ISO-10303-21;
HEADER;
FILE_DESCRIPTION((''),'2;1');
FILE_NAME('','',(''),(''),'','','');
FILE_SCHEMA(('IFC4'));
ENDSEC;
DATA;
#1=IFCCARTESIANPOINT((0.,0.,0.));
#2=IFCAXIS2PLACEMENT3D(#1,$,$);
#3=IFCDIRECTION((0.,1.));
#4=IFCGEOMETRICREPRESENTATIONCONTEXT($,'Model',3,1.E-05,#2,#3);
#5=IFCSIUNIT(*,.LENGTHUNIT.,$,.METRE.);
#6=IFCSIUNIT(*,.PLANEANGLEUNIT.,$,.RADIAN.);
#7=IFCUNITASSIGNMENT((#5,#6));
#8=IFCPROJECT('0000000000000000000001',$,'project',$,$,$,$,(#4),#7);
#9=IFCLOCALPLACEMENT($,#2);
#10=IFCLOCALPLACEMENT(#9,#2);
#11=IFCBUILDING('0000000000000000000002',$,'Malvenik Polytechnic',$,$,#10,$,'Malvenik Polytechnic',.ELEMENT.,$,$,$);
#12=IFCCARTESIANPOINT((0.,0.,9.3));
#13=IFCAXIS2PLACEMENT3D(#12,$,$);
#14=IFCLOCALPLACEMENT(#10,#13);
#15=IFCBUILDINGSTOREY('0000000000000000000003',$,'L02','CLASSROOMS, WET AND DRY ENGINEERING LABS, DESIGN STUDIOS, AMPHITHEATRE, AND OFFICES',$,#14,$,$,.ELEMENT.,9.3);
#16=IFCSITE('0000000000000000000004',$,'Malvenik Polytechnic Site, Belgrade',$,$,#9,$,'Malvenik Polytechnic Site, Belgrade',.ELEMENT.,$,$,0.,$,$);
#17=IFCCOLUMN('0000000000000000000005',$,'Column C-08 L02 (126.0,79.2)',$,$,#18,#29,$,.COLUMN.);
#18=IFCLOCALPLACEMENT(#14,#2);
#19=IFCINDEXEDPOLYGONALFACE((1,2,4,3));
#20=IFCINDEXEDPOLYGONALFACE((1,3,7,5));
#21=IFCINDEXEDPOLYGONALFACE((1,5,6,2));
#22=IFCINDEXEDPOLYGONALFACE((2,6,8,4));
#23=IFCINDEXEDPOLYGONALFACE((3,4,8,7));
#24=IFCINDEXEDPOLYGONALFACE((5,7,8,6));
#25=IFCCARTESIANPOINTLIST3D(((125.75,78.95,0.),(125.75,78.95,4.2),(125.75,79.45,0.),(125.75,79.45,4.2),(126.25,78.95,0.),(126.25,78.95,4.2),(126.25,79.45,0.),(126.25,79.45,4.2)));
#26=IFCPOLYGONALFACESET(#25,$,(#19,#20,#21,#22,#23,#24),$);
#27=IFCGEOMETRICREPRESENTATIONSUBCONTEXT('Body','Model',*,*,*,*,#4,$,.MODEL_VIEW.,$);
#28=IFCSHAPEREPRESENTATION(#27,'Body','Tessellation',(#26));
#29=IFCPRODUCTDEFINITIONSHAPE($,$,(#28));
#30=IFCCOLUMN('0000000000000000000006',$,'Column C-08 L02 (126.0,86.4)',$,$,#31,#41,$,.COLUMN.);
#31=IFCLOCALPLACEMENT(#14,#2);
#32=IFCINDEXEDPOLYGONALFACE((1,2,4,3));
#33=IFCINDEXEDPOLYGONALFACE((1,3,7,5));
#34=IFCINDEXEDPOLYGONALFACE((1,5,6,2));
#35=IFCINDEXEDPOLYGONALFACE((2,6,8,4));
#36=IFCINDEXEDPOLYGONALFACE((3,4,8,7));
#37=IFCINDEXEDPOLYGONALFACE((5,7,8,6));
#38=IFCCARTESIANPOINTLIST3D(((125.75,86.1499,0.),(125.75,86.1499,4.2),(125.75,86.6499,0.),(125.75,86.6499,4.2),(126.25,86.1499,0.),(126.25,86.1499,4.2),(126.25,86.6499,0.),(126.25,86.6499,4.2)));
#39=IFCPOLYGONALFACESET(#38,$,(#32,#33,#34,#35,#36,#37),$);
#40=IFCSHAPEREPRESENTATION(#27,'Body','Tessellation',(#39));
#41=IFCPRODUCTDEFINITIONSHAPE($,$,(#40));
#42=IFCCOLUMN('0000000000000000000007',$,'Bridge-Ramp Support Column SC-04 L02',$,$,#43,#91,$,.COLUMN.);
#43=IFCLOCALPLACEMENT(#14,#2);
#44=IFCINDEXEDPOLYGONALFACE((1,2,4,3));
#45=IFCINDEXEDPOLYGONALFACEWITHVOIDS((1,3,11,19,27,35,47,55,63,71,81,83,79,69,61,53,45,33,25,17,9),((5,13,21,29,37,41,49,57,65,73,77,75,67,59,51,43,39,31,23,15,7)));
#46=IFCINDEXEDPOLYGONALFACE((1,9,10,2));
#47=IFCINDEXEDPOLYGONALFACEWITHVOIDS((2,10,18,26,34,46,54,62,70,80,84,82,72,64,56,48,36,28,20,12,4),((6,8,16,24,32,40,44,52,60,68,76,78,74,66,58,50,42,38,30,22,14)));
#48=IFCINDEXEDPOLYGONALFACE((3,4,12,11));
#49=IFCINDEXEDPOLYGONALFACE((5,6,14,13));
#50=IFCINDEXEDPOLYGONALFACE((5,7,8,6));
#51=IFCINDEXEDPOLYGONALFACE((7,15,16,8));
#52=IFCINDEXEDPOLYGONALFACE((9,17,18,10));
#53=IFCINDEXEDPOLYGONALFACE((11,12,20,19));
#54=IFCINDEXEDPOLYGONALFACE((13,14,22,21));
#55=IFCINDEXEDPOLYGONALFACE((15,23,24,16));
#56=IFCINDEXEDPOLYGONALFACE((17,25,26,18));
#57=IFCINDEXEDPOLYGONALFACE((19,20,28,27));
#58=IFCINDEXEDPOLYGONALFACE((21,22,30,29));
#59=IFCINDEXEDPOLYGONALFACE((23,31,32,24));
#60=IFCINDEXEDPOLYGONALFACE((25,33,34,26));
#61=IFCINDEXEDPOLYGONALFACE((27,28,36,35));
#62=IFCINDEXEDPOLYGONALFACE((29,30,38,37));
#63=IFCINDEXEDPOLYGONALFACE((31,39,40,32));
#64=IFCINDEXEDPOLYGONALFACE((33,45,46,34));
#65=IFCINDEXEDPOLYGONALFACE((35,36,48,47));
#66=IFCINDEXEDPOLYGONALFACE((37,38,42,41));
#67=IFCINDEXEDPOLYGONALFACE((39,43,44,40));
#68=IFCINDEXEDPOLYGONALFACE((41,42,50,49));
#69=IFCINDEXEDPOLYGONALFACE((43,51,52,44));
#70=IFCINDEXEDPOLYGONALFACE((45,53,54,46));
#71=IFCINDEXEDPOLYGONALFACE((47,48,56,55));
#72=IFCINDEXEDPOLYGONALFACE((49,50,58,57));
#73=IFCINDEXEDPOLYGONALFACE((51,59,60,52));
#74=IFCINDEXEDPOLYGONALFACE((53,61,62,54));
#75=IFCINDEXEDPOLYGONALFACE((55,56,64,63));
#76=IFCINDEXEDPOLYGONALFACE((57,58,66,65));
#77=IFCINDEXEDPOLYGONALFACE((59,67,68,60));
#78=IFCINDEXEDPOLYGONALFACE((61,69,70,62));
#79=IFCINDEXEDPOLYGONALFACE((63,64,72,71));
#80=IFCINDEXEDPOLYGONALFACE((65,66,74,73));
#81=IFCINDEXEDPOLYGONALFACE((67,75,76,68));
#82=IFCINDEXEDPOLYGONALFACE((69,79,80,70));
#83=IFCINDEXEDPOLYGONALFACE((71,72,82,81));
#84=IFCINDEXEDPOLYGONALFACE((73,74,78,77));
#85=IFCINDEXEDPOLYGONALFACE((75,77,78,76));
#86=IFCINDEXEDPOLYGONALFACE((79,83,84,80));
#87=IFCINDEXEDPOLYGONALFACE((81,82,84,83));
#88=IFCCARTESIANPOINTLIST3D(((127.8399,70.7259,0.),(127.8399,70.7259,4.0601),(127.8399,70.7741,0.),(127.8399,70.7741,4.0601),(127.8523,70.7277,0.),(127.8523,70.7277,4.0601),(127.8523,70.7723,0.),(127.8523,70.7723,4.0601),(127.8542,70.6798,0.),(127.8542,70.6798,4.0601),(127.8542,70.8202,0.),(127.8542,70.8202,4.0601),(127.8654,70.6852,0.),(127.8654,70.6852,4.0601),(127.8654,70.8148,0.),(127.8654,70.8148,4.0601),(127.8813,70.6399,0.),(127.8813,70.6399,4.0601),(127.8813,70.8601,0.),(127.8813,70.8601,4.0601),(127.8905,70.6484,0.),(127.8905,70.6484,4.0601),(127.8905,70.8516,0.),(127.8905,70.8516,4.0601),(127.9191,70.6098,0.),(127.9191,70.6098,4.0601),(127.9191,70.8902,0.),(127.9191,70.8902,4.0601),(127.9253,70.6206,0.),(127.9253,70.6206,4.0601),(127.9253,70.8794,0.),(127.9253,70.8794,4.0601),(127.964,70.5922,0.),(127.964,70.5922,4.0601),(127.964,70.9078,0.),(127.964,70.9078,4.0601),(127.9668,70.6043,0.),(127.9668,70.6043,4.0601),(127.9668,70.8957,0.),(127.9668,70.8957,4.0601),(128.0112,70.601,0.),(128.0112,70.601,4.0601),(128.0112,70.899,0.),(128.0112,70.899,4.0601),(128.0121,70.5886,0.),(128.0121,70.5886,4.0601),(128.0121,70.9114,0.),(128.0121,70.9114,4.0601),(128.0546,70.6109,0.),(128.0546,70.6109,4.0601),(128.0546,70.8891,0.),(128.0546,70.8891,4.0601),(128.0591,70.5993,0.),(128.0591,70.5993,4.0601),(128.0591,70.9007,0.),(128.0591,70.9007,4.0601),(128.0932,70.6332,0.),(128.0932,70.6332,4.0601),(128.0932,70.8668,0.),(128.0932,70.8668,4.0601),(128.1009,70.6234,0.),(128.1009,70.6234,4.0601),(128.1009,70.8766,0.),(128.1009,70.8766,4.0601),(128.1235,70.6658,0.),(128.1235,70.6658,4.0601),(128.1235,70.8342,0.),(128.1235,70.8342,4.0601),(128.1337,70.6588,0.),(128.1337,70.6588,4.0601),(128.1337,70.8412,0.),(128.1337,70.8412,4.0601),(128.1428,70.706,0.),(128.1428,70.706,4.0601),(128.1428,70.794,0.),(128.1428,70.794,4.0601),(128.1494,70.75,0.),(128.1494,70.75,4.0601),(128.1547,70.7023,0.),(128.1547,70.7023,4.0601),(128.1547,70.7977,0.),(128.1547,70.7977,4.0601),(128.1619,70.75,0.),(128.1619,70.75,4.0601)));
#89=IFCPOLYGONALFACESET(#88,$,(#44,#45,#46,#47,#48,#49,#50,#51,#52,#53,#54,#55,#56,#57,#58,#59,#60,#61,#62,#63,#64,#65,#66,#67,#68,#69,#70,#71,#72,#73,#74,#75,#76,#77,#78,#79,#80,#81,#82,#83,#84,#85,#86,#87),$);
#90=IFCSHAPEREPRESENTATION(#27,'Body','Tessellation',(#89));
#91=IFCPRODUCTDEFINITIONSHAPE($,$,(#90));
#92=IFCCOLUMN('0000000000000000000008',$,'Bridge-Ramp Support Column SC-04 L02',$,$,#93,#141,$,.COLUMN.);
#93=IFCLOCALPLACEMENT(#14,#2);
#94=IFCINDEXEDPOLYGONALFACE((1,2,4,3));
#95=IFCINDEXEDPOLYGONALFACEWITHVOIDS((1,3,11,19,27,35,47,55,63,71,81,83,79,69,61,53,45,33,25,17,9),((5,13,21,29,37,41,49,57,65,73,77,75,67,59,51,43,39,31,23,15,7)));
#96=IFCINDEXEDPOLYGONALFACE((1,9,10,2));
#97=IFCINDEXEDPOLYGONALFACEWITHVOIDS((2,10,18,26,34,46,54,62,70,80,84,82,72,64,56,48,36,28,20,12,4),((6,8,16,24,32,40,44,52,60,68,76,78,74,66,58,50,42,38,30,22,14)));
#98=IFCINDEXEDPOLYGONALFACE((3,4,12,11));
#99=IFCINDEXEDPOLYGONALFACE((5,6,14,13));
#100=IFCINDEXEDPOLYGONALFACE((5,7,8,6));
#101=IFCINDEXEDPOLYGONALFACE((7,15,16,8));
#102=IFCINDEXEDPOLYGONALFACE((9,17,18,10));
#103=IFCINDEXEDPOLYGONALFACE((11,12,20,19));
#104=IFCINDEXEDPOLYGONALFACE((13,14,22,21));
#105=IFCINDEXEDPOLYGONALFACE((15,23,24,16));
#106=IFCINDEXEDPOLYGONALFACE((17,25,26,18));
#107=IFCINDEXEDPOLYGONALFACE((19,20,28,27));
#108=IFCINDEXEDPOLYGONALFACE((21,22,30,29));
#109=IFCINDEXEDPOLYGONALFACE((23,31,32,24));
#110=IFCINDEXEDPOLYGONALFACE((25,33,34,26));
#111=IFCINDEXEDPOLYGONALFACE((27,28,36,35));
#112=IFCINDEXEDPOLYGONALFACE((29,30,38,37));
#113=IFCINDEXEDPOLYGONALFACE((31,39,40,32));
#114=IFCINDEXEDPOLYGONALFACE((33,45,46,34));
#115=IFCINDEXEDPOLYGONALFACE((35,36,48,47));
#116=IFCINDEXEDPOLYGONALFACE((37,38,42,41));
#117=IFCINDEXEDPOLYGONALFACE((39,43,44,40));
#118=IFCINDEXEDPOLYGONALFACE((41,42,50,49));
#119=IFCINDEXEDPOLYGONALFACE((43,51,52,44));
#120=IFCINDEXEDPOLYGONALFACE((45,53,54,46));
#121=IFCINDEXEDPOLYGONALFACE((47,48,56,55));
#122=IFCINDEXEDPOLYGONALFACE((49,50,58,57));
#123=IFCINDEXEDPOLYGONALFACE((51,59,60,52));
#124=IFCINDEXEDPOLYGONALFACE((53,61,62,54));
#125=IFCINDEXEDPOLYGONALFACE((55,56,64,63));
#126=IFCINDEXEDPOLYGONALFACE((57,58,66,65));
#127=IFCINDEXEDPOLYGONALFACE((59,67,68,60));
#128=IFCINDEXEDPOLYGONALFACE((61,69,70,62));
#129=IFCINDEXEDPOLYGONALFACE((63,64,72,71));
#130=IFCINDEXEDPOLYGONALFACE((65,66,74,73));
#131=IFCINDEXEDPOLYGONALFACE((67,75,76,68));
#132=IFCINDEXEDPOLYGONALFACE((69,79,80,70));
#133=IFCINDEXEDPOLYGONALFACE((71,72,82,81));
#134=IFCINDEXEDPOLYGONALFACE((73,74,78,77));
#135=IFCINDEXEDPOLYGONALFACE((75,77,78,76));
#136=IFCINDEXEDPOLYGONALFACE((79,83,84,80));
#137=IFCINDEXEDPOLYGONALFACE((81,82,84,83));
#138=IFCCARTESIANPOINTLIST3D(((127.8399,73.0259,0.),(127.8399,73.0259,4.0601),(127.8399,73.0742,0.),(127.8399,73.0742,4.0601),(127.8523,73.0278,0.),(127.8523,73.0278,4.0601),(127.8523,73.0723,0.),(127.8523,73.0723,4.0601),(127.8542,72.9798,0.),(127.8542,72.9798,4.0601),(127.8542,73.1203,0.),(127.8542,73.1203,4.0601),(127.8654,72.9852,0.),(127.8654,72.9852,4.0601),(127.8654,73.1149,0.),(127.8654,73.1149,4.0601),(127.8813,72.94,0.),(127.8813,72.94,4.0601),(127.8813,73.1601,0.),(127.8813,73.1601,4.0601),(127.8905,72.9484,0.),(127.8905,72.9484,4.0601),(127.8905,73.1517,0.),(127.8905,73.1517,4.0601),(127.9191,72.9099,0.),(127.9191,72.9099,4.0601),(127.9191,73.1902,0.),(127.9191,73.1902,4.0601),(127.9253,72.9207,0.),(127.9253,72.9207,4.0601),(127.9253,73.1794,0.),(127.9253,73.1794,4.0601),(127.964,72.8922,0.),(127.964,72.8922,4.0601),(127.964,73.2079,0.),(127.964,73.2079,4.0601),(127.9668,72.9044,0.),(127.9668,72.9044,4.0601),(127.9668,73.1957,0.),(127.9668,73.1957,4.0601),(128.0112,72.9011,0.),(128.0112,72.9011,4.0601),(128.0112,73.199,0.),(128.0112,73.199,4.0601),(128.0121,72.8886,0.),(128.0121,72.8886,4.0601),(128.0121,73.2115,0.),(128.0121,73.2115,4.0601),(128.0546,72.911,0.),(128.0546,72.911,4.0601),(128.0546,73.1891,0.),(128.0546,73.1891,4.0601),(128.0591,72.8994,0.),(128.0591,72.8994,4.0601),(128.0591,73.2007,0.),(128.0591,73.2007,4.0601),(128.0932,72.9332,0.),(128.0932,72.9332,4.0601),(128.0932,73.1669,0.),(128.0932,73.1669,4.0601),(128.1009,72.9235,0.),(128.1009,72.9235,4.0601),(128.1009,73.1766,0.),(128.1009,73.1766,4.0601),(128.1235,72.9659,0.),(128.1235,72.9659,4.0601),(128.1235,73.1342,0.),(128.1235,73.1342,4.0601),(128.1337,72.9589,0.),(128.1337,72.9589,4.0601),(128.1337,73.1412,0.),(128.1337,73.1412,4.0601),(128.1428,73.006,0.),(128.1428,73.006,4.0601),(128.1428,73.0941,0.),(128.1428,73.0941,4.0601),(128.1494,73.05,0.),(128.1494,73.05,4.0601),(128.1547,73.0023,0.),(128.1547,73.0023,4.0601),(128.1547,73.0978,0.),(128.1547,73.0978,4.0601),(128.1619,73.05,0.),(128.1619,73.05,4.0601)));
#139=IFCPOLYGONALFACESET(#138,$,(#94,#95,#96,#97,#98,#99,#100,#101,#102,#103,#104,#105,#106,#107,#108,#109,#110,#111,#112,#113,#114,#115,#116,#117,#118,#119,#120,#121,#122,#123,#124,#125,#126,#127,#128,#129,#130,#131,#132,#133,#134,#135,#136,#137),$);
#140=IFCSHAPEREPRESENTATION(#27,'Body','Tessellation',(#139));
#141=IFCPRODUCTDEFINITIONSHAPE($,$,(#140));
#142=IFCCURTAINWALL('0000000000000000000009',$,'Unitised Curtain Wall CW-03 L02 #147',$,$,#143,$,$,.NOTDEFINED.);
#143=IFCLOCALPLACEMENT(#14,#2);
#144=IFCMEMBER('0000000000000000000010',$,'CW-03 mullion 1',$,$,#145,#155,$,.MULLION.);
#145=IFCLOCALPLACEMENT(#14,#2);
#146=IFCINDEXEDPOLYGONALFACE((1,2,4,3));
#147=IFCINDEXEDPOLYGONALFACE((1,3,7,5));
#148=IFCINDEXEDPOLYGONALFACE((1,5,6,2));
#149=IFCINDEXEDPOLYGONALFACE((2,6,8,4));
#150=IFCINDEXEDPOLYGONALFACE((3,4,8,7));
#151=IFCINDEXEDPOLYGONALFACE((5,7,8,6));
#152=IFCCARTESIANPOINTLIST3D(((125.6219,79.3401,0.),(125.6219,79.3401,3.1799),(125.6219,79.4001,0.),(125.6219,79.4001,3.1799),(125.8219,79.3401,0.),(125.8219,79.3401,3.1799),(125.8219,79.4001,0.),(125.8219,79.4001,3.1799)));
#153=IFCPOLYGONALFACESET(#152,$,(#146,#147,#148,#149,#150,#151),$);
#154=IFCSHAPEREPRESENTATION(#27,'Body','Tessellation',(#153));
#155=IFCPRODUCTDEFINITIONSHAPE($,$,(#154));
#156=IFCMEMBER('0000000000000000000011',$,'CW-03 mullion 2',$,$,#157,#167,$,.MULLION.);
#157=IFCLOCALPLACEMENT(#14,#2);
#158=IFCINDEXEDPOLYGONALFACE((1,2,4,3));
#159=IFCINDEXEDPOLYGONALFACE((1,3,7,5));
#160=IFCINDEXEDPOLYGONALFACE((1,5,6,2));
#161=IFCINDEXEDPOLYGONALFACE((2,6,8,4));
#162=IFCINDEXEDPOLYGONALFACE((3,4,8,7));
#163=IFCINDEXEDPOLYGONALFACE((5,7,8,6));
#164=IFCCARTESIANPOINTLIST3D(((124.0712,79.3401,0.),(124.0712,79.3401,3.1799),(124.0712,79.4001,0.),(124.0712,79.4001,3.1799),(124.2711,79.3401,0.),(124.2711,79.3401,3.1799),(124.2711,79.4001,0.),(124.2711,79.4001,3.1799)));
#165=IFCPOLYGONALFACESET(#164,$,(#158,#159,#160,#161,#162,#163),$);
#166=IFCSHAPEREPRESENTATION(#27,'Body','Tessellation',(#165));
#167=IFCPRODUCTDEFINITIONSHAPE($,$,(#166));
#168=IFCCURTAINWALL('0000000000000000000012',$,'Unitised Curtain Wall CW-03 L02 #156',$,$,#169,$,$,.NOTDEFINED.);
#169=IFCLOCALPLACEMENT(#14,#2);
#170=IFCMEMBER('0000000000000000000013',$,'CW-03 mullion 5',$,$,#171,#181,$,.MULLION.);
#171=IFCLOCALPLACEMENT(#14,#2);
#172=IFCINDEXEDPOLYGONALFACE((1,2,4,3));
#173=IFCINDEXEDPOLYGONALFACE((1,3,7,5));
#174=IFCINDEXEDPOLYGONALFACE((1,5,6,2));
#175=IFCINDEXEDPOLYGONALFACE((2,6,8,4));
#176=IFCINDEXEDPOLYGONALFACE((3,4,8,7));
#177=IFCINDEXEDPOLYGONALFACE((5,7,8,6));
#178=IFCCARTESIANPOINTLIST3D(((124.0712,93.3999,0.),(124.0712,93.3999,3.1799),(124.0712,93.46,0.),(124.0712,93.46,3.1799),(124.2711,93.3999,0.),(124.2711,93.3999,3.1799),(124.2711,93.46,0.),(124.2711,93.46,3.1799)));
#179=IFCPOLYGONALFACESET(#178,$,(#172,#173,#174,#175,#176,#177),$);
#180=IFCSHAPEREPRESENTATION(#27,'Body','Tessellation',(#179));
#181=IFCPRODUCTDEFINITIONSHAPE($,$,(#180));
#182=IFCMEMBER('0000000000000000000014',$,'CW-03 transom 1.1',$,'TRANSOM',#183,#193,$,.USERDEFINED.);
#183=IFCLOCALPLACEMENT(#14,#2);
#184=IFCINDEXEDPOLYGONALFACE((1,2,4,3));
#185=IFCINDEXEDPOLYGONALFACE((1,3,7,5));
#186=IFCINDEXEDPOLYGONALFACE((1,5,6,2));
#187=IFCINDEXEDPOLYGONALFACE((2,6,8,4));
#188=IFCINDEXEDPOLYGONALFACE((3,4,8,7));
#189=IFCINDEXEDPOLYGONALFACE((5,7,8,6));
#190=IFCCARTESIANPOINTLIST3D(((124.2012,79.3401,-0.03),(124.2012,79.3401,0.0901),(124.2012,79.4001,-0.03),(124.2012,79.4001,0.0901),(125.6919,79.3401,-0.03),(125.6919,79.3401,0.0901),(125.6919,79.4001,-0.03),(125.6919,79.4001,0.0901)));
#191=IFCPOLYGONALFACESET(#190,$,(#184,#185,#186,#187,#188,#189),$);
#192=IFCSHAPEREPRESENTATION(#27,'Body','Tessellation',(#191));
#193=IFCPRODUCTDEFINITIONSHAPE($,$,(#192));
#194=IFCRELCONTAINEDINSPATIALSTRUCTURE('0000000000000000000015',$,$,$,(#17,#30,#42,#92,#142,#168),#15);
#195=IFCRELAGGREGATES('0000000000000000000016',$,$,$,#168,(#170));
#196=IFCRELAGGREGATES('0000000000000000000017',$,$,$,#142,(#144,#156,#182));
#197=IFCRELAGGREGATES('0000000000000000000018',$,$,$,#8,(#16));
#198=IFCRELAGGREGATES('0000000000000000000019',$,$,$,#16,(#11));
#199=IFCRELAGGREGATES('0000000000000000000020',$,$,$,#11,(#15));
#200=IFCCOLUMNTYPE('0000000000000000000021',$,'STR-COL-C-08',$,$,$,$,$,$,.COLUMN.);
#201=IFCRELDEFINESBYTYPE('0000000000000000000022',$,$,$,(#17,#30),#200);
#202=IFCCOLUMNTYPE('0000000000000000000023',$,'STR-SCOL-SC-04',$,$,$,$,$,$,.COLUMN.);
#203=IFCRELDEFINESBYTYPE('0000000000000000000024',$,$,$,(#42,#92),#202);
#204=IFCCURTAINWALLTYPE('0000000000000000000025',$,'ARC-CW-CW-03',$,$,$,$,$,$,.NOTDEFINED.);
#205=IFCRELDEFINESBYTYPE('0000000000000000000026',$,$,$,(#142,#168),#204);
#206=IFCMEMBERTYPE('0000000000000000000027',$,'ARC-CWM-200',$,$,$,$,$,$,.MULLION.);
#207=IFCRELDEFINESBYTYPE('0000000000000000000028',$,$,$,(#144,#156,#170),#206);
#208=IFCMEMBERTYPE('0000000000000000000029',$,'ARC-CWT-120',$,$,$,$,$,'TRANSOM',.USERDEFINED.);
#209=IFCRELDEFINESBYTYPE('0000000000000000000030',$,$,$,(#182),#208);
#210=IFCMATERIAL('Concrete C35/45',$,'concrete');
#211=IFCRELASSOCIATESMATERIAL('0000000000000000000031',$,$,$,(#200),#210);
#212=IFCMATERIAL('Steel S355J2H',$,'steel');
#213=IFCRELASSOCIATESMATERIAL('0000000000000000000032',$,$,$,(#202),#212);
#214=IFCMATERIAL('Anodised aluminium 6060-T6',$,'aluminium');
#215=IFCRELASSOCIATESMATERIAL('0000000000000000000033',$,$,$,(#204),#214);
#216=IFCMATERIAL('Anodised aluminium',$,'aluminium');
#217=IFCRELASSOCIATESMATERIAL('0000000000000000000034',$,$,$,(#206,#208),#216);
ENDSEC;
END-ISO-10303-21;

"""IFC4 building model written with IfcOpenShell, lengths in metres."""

from ifc_helpers import new_model, si_unit, direction, frame, origin, origin_2d, place, context, subcontext, project, spatial, rectangle, hollow_circle, extrude, material, material_profile, profile_set, type_object, element, aggregate, save


model = new_model("IFC4")

# Units and contexts
model_context = context("Model", 3, precision=1e-05, world=origin(), true_north=direction((0.0, 1.0)))
body_context = subcontext(model_context, "Body", "Model", "MODEL_VIEW")
ifc_project = project(units=[si_unit("LENGTHUNIT", "METRE"), si_unit("PLANEANGLEUNIT", "RADIAN")], contexts=[model_context])

# Site, building, storey
site_placement = place(None, origin())
site = spatial("IfcSite", under=ifc_project, at=site_placement, Name="Malvenik Polytechnic Site, Belgrade", LongName="Malvenik Polytechnic Site, Belgrade", CompositionType="ELEMENT", RefElevation=0.0)
building_placement = place(site_placement, origin())
building = spatial("IfcBuilding", under=site, at=building_placement, Name="Malvenik Polytechnic", LongName="Malvenik Polytechnic", CompositionType="ELEMENT")
storey_placement = place(building_placement, frame((0.0, 0.0, 9.3)))
storey = spatial("IfcBuildingStorey", under=building, at=storey_placement, Name="L02", Description="CLASSROOMS, WET AND DRY ENGINEERING LABS, DESIGN STUDIOS, AMPHITHEATRE, AND OFFICES", CompositionType="ELEMENT", Elevation=9.3)

# Columns
ifc_material_1 = material(Name="Concrete C35/45", Category="concrete")
ifc_material_profile_1 = material_profile(ifc_material_1, rectangle(XDim=0.5, YDim=0.5, at=origin_2d()), Name="RC COL 500x500")
ifc_profile_set_1 = profile_set([ifc_material_profile_1], Name="Concrete C35/45")
column_type_1 = type_object("IfcColumnType", Name="STR-COL-C-08", PredefinedType="COLUMN", material=ifc_profile_set_1)
for number, where, z_axis, x_axis, name in (
    (1, (126.0, 79.2, 0.0), (0.0, 0.0, 1.0), (1.0, 0.0, 0.0), "Column C-08 L02 (126.0,79.2)"),
    (2, (126.0, 86.3999, 0.0), (0.0, 0.0, 1.0), (1.0, 0.0, 0.0), "Column C-08 L02 (126.0,86.4)"),
):
    element("IfcColumn", number, at=place(storey_placement, frame(where, z_axis=z_axis, x_axis=x_axis)), inside=storey, type_object=column_type_1, Name=name, PredefinedType="COLUMN", context=body_context, shape_type="SweptSolid", body=[
        extrude(rectangle(XDim=0.5, YDim=0.5, at=origin_2d()), origin(), (0.0, 0.0, 1.0), 4.2),
    ])
ifc_material_2 = material(Name="Steel S355J2H", Category="steel")
ifc_material_profile_2 = material_profile(ifc_material_2, hollow_circle(Radius=0.1619, WallThickness=0.0125, at=origin_2d()), Name="CHS 323.9x12.5")
ifc_profile_set_2 = profile_set([ifc_material_profile_2], Name="Steel S355J2H")
column_type_2 = type_object("IfcColumnType", Name="STR-SCOL-SC-04", PredefinedType="COLUMN", material=ifc_profile_set_2)
for number, where, z_axis, x_axis, name in (
    (3, (128.0, 70.75, 0.0), (0.0, 0.0, 1.0), (1.0, 0.0, 0.0), "Bridge-Ramp Support Column SC-04 L02"),
    (4, (128.0, 73.05, 0.0), (0.0, 0.0, 1.0), (1.0, 0.0, 0.0), "Bridge-Ramp Support Column SC-04 L02"),
):
    element("IfcColumn", number, at=place(storey_placement, frame(where, z_axis=z_axis, x_axis=x_axis)), inside=storey, type_object=column_type_2, Name=name, PredefinedType="COLUMN", context=body_context, shape_type="SweptSolid", body=[
        extrude(hollow_circle(Radius=0.1619, WallThickness=0.0125, at=origin_2d()), origin(), (0.0, 0.0, 1.0), 4.0601),
    ])

# Curtain wall, members
ifc_material_3 = material(Name="Anodised aluminium 6060-T6", Category="aluminium")
curtain_wall_type = type_object("IfcCurtainWallType", Name="ARC-CW-CW-03", PredefinedType="NOTDEFINED", material=ifc_material_3)
curtain_wall_1_placement = place(storey_placement, origin())
curtain_wall_1 = element("IfcCurtainWall", 5, at=curtain_wall_1_placement, inside=storey, type_object=curtain_wall_type, Name="Unitised Curtain Wall CW-03 L02 #147", PredefinedType="NOTDEFINED")
ifc_material_4 = material(Name="Anodised aluminium", Category="aluminium")
ifc_material_profile_3 = material_profile(ifc_material_4, rectangle(XDim=0.0601, YDim=0.2, at=origin_2d()), Name="ALU MULLION 60x200")
ifc_profile_set_3 = profile_set([ifc_material_profile_3], Name="Anodised aluminium")
member_type_1 = type_object("IfcMemberType", Name="ARC-CWM-200", PredefinedType="MULLION", material=ifc_profile_set_3)
member_1_placement = place(storey_placement, frame((125.7219, 79.3701, 0.0), z_axis=(0.0, 0.0, 1.0), x_axis=(0.0, -1.0, 0.0)))
member_1 = element("IfcMember", 6, at=member_1_placement, type_object=member_type_1, Name="CW-03 mullion 1", PredefinedType="MULLION", context=body_context, shape_type="SweptSolid", body=[
    extrude(rectangle(XDim=0.0601, YDim=0.2, at=origin_2d()), origin(), (0.0, 0.0, 1.0), 3.1799),
])
member_2_placement = place(storey_placement, frame((124.1711, 79.3701, 0.0), z_axis=(0.0, 0.0, 1.0), x_axis=(0.0, -1.0, 0.0)))
member_2 = element("IfcMember", 7, at=member_2_placement, type_object=member_type_1, Name="CW-03 mullion 2", PredefinedType="MULLION", context=body_context, shape_type="SweptSolid", body=[
    extrude(rectangle(XDim=0.0601, YDim=0.2, at=origin_2d()), origin(), (0.0, 0.0, 1.0), 3.1799),
])

# Curtain wall, member
curtain_wall_2_placement = place(storey_placement, origin())
curtain_wall_2 = element("IfcCurtainWall", 8, at=curtain_wall_2_placement, inside=storey, type_object=curtain_wall_type, Name="Unitised Curtain Wall CW-03 L02 #156", PredefinedType="NOTDEFINED")
member_3_placement = place(storey_placement, frame((124.1711, 93.4299, 0.0), z_axis=(0.0, 0.0, 1.0), x_axis=(0.0, 1.0, 0.0)))
member_3 = element("IfcMember", 9, at=member_3_placement, type_object=member_type_1, Name="CW-03 mullion 5", PredefinedType="MULLION", context=body_context, shape_type="SweptSolid", body=[
    extrude(rectangle(XDim=0.0601, YDim=0.2, at=origin_2d()), origin(), (0.0, 0.0, 1.0), 3.1799),
])

# Member
ifc_material_profile_4 = material_profile(ifc_material_4, rectangle(XDim=0.0601, YDim=0.1201, at=origin_2d()), Name="ALU TRANSOM 60x120")
ifc_profile_set_4 = profile_set([ifc_material_profile_4], Name="Anodised aluminium")
member_type_2 = type_object("IfcMemberType", Name="ARC-CWT-120", ElementType="TRANSOM", PredefinedType="USERDEFINED", material=ifc_profile_set_4)
member_4_placement = place(storey_placement, frame((125.6919, 79.3701, 0.03), z_axis=(-1.0, 0.0, 0.0), x_axis=(0.0, -1.0, 0.0)))
member_4 = element("IfcMember", 10, at=member_4_placement, type_object=member_type_2, Name="CW-03 transom 1.1", ObjectType="TRANSOM", PredefinedType="USERDEFINED", context=body_context, shape_type="SweptSolid", body=[
    extrude(rectangle(XDim=0.0601, YDim=0.1201, at=origin_2d()), origin(), (0.0, 0.0, 1.0), 1.4907),
])
aggregate(curtain_wall_2, [member_3])

aggregate(curtain_wall_1, [member_1, member_2, member_4])

save(model, "model.ifc")
